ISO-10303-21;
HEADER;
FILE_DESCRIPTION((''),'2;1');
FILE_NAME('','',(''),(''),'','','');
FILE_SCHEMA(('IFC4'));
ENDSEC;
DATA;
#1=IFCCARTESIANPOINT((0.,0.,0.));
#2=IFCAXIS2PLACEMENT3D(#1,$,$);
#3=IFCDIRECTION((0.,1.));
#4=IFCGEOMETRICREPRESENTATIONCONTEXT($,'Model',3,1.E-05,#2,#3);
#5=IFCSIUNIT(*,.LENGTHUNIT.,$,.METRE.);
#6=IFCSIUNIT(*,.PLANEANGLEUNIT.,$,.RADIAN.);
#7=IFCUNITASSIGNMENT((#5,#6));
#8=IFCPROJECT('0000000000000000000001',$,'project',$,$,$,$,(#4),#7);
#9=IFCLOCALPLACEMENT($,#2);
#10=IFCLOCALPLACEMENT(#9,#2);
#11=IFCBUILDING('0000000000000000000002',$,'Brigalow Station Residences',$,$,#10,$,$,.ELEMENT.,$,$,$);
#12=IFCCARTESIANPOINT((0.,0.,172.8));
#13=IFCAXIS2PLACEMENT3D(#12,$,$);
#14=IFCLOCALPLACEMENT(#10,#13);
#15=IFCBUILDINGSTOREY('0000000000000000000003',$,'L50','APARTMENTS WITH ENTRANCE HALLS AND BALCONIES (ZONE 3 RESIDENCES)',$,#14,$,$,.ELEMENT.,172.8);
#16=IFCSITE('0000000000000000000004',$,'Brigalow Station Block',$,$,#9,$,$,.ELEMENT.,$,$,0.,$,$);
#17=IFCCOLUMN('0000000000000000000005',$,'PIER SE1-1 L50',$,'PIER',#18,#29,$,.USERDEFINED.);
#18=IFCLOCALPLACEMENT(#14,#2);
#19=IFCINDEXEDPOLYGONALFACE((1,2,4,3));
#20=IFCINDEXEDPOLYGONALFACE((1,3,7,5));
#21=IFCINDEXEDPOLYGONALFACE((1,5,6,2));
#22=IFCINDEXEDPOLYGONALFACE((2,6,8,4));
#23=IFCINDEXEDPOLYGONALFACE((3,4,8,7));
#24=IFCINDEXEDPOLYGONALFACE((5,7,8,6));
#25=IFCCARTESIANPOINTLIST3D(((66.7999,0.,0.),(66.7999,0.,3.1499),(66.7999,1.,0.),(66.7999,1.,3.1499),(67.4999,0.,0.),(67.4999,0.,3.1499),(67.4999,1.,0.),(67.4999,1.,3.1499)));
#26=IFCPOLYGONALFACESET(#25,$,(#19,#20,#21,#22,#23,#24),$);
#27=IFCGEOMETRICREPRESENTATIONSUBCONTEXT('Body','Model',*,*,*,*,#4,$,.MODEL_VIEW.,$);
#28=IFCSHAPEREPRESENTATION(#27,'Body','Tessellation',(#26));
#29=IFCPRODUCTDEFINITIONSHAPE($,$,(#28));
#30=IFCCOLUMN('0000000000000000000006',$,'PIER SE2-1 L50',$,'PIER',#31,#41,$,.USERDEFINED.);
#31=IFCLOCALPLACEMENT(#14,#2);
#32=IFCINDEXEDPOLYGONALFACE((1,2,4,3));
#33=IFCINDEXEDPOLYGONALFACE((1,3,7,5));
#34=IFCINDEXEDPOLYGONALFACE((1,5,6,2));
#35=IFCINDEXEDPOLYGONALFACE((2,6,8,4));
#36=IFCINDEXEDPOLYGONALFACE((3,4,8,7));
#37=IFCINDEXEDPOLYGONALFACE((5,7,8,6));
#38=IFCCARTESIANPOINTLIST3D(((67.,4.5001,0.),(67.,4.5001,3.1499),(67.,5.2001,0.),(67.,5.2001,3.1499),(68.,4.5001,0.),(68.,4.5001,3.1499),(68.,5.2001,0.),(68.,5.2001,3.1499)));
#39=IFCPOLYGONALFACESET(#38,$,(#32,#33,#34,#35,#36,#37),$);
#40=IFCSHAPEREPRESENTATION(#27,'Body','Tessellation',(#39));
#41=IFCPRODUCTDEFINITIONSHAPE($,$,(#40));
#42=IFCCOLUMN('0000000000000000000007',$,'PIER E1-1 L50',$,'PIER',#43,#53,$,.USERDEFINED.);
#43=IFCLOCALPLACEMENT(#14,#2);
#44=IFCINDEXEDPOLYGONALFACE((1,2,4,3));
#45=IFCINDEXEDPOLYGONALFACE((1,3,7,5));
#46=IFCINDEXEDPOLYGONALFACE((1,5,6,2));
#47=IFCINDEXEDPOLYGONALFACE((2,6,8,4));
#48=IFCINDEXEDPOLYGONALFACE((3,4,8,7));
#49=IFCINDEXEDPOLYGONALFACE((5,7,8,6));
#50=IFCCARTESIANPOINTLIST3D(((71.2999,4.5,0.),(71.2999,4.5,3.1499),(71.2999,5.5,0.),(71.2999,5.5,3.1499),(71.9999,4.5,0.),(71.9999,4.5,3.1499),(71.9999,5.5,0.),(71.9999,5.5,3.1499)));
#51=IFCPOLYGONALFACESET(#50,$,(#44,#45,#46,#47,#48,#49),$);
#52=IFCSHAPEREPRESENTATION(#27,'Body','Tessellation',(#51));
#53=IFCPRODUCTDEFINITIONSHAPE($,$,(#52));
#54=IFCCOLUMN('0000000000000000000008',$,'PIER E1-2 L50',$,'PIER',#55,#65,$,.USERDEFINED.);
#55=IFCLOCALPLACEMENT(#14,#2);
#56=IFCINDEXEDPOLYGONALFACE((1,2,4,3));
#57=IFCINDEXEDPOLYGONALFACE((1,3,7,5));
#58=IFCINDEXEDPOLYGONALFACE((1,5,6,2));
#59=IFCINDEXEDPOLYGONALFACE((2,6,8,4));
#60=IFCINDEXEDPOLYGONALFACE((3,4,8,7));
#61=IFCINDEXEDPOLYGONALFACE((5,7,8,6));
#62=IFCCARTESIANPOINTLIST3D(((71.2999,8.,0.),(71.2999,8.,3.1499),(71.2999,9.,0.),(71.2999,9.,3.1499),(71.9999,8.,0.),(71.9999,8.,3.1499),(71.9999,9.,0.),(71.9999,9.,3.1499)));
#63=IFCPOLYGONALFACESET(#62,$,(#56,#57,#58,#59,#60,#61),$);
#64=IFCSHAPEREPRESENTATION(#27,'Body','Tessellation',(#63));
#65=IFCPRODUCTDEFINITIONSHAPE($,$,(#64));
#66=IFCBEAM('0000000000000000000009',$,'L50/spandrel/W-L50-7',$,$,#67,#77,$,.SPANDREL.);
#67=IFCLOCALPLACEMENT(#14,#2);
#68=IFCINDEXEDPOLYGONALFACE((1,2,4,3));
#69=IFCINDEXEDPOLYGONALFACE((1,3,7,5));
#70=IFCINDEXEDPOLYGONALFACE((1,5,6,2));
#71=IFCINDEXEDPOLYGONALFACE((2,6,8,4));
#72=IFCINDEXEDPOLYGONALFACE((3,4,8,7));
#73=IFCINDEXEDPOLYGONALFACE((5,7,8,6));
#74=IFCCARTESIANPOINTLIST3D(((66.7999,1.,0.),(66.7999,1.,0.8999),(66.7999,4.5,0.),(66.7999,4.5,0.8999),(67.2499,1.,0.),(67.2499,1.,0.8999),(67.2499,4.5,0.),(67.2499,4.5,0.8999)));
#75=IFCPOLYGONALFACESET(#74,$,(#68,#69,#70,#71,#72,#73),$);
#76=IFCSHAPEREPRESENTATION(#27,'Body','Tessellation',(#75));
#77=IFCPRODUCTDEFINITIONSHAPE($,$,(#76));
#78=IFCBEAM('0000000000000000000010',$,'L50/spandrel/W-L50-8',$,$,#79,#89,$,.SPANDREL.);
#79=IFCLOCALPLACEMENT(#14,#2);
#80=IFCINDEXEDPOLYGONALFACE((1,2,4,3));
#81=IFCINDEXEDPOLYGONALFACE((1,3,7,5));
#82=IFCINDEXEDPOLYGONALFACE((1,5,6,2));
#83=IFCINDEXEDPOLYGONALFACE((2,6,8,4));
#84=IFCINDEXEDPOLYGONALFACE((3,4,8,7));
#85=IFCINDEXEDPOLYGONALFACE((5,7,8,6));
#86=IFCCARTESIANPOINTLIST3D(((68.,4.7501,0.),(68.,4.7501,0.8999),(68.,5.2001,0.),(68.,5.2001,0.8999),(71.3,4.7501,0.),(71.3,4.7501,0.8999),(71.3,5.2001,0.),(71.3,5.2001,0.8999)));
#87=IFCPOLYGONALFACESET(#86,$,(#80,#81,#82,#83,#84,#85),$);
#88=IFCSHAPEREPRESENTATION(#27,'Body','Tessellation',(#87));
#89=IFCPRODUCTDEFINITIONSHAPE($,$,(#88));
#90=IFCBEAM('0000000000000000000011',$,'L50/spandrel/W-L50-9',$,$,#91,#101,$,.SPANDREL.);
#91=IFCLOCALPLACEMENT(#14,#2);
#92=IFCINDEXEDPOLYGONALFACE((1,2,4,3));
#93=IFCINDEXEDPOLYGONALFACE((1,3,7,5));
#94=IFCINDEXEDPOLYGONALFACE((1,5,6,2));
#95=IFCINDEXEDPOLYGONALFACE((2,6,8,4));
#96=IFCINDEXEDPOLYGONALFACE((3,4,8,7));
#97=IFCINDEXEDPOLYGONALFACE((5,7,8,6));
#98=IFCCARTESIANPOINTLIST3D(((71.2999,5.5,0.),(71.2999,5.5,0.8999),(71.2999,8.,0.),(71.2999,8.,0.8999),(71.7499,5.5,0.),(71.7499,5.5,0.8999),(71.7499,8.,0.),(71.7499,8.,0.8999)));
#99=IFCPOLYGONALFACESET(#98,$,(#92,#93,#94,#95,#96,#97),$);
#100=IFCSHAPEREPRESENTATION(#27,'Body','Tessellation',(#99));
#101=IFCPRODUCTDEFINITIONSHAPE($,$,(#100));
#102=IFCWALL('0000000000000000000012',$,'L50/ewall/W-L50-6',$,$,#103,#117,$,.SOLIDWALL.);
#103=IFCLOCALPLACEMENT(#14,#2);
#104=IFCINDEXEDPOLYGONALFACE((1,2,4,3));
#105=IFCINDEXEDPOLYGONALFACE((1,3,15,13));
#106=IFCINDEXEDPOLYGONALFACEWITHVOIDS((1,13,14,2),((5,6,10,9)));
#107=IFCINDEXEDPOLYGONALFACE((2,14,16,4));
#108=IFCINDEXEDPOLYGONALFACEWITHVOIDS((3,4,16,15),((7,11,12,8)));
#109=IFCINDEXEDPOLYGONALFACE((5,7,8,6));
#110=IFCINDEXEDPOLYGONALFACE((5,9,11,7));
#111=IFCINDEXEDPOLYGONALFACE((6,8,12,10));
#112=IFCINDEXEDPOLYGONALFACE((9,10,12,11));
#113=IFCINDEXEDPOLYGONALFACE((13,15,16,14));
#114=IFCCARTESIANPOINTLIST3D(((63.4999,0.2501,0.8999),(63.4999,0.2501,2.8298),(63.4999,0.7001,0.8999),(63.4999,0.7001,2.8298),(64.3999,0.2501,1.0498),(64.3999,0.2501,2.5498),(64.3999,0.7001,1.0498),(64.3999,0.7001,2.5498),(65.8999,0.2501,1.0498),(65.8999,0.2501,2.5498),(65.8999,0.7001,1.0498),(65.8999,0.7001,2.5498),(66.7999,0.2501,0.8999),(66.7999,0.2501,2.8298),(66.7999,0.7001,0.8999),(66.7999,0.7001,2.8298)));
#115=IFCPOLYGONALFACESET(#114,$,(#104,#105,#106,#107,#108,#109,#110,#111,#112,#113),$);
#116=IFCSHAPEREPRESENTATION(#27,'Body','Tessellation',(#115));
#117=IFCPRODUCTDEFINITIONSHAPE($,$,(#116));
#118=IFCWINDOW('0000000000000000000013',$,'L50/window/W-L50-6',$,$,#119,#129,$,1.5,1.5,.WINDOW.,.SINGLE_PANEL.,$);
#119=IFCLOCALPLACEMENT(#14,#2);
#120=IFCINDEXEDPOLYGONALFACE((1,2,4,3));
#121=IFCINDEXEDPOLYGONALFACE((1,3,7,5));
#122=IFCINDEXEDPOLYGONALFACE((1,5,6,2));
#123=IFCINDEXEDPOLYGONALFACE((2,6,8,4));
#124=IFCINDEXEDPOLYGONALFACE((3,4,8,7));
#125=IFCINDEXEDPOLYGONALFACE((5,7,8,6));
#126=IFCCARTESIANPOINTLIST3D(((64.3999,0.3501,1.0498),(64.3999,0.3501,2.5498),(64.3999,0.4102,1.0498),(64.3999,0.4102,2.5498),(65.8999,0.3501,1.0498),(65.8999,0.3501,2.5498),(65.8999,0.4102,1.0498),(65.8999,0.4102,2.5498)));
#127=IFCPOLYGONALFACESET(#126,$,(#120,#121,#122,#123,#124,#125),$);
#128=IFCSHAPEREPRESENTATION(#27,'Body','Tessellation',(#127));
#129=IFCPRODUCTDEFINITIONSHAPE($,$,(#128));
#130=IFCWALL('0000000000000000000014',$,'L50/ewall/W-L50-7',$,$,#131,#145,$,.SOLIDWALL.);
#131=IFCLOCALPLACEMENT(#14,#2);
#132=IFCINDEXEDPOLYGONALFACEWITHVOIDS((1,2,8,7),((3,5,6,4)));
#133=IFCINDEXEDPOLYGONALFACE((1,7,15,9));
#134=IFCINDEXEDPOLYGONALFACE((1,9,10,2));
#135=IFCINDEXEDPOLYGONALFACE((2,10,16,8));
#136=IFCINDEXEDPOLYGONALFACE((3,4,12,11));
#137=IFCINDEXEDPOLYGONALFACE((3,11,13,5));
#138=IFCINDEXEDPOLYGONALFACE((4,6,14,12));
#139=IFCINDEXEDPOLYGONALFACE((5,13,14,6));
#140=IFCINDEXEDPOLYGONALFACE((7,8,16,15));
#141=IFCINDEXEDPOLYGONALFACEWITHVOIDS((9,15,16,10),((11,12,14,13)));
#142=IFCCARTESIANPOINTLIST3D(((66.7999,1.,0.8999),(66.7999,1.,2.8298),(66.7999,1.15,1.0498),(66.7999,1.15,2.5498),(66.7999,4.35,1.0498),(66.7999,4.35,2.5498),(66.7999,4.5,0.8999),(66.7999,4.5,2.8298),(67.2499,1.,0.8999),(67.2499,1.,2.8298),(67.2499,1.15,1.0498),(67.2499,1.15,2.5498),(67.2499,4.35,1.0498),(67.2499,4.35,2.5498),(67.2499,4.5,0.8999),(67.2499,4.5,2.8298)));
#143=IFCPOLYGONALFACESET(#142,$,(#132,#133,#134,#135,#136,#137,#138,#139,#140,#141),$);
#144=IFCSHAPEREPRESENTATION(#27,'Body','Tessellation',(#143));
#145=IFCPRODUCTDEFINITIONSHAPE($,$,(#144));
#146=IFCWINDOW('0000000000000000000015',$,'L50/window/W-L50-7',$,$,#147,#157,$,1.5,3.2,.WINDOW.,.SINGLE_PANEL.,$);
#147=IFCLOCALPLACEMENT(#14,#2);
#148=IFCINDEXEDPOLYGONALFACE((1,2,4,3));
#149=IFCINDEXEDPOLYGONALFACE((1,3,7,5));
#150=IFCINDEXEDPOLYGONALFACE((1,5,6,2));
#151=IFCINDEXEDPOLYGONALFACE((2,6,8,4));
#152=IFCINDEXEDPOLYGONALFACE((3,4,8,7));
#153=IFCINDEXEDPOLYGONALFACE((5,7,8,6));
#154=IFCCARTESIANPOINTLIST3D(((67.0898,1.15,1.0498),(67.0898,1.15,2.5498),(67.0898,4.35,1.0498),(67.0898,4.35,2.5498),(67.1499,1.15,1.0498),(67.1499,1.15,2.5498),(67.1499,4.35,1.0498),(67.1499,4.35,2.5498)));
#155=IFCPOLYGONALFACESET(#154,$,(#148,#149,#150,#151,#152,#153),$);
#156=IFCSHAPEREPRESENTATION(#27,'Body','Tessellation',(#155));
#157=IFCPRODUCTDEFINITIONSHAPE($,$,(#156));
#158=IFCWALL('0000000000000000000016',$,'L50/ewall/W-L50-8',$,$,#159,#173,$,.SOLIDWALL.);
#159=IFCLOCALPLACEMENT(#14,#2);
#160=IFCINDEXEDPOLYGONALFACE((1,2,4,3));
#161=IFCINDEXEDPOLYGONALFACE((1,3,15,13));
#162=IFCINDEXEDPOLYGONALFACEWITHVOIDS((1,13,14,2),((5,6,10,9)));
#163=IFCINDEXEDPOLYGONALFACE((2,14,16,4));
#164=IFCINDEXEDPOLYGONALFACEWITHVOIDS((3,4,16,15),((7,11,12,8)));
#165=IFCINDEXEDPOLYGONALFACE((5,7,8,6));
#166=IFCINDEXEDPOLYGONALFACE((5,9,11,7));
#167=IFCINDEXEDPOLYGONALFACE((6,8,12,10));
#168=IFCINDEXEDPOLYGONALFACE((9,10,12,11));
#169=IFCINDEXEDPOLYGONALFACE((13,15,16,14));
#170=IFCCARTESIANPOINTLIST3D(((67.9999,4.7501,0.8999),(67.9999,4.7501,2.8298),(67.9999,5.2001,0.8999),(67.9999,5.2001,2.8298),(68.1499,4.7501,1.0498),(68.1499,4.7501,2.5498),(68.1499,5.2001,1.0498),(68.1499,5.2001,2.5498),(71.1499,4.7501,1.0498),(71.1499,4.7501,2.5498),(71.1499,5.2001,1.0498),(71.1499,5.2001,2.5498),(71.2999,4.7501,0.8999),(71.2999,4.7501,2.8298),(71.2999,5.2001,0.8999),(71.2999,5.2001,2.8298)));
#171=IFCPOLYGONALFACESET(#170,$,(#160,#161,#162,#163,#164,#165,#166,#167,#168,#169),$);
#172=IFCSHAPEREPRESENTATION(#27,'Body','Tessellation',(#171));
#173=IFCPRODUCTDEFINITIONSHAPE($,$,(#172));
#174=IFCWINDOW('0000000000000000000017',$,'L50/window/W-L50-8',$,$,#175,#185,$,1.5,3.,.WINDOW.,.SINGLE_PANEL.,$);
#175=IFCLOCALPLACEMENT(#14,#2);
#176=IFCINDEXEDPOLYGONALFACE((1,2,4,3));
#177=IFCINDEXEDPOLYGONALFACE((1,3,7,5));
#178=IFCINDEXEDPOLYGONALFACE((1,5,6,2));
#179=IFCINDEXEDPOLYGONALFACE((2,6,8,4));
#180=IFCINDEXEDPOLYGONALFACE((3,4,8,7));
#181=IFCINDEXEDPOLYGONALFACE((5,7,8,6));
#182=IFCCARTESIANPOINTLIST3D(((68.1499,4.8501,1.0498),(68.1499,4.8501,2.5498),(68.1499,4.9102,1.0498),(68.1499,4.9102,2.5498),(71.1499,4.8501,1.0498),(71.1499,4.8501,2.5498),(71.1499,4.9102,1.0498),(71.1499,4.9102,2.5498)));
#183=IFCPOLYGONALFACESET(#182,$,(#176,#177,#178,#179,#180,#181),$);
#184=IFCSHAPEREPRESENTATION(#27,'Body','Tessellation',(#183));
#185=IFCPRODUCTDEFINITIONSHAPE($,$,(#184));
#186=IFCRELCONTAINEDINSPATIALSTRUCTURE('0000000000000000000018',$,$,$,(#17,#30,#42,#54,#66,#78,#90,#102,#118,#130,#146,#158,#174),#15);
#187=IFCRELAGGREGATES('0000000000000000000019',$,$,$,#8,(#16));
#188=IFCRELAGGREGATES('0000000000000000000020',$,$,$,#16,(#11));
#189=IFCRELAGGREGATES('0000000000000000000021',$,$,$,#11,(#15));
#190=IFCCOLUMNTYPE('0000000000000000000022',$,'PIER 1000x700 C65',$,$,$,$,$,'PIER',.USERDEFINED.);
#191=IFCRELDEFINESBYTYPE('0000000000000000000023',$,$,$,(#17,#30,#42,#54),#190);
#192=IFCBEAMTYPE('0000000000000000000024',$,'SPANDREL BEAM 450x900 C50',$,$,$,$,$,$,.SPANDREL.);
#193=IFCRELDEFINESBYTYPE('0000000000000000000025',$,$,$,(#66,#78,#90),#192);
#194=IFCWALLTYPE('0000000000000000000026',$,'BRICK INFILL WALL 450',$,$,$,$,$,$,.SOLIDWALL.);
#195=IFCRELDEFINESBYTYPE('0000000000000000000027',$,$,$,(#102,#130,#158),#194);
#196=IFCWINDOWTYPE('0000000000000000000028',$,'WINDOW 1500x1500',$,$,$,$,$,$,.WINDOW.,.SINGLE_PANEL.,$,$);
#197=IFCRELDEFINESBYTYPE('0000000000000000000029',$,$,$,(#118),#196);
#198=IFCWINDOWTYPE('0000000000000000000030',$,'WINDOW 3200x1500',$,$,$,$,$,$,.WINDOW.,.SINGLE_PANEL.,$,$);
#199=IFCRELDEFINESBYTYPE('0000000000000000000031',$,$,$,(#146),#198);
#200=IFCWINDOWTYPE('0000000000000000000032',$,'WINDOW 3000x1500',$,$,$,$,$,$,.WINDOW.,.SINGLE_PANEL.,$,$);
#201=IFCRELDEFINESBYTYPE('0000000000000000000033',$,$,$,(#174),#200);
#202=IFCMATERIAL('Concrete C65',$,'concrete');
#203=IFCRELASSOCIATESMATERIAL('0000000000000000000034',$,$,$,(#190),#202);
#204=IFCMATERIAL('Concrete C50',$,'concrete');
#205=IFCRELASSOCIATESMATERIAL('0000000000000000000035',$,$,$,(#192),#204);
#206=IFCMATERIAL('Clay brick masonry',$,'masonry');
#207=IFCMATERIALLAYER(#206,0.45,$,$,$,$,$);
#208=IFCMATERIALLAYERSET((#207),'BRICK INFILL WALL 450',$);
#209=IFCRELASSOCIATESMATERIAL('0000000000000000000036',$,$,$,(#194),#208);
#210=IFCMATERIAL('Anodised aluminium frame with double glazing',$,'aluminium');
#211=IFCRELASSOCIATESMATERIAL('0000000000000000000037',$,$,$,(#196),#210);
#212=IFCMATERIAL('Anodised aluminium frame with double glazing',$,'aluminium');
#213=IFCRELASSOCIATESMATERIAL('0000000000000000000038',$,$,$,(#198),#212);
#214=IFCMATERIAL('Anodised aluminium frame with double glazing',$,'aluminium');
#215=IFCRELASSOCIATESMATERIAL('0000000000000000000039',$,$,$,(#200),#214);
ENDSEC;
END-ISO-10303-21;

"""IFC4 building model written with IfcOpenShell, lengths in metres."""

from ifc_helpers import new_model, si_unit, direction, frame, frame_2d, origin, origin_2d, place, context, subcontext, project, spatial, rectangle, extrude, material, layer, layer_set, material_profile, profile_set, type_object, element, fill, save


model = new_model("IFC4")

# Units and contexts
model_context = context("Model", 3, precision=1e-05, world=origin(), true_north=direction((0.0, 1.0)))
body_context = subcontext(model_context, "Body", "Model", "MODEL_VIEW")
ifc_project = project(units=[si_unit("LENGTHUNIT", "METRE"), si_unit("PLANEANGLEUNIT", "RADIAN")], contexts=[model_context])

# Site, building, storey
site_placement = place(None, origin())
site = spatial("IfcSite", under=ifc_project, at=site_placement, Name="Brigalow Station Block", CompositionType="ELEMENT", RefElevation=0.0)
building_placement = place(site_placement, origin())
building = spatial("IfcBuilding", under=site, at=building_placement, Name="Brigalow Station Residences", CompositionType="ELEMENT")
storey_placement = place(building_placement, frame((0.0, 0.0, 172.8)))
storey = spatial("IfcBuildingStorey", under=building, at=storey_placement, Name="L50", Description="APARTMENTS WITH ENTRANCE HALLS AND BALCONIES (ZONE 3 RESIDENCES)", CompositionType="ELEMENT", Elevation=172.8)

# Columns
ifc_material_1 = material(Name="Concrete C65", Category="concrete")
ifc_material_profile_1 = material_profile(ifc_material_1, rectangle(XDim=1.0, YDim=0.7, at=origin_2d()), Name="RC1000x700")
ifc_profile_set_1 = profile_set([ifc_material_profile_1], Name="Concrete C65")
column_type = type_object("IfcColumnType", Name="PIER 1000x700 C65", ElementType="PIER", PredefinedType="USERDEFINED", material=ifc_profile_set_1)
for number, where, z_axis, x_axis, name in (
    (1, (67.1499, 0.5, 0.0), (0.0, 0.0, 1.0), (0.0, 1.0, 0.0), "PIER SE1-1 L50"),
    (2, (67.5, 4.8501, 0.0), (0.0, 0.0, 1.0), (1.0, 0.0, 0.0), "PIER SE2-1 L50"),
    (3, (71.6499, 5.0, 0.0), (0.0, 0.0, 1.0), (0.0, 1.0, 0.0), "PIER E1-1 L50"),
    (4, (71.6499, 8.5, 0.0), (0.0, 0.0, 1.0), (0.0, 1.0, 0.0), "PIER E1-2 L50"),
):
    element("IfcColumn", number, at=place(storey_placement, frame(where, z_axis=z_axis, x_axis=x_axis)), inside=storey, type_object=column_type, Name=name, ObjectType="PIER", PredefinedType="USERDEFINED", context=body_context, shape_type="SweptSolid", body=[
        extrude(rectangle(XDim=1.0, YDim=0.7, at=origin_2d()), origin(), (0.0, 0.0, 1.0), 3.1499),
    ])

# Beams
ifc_material_2 = material(Name="Concrete C50", Category="concrete")
ifc_material_profile_2 = material_profile(ifc_material_2, rectangle(XDim=0.45, YDim=0.8999, at=origin_2d()), Name="RC450x900")
ifc_profile_set_2 = profile_set([ifc_material_profile_2], Name="Concrete C50")
beam_type = type_object("IfcBeamType", Name="SPANDREL BEAM 450x900 C50", PredefinedType="SPANDREL", material=ifc_profile_set_2)
beam_1_placement = place(storey_placement, frame((67.0249, 1.0, 0.45), z_axis=(0.0, 1.0, 0.0), x_axis=(-1.0, 0.0, 0.0)))
element("IfcBeam", 5, at=beam_1_placement, inside=storey, type_object=beam_type, Name="L50/spandrel/W-L50-7", PredefinedType="SPANDREL", context=body_context, shape_type="SweptSolid", body=[
    extrude(rectangle(XDim=0.45, YDim=0.8999, at=origin_2d()), origin(), (0.0, 0.0, 1.0), 3.5),
])
beam_2_placement = place(storey_placement, frame((68.0, 4.9751, 0.45), z_axis=(1.0, 0.0, 0.0), x_axis=(0.0, 1.0, 0.0)))
element("IfcBeam", 6, at=beam_2_placement, inside=storey, type_object=beam_type, Name="L50/spandrel/W-L50-8", PredefinedType="SPANDREL", context=body_context, shape_type="SweptSolid", body=[
    extrude(rectangle(XDim=0.45, YDim=0.8999, at=origin_2d()), origin(), (0.0, 0.0, 1.0), 3.3),
])
beam_3_placement = place(storey_placement, frame((71.5249, 5.5, 0.45), z_axis=(0.0, 1.0, 0.0), x_axis=(-1.0, 0.0, 0.0)))
element("IfcBeam", 7, at=beam_3_placement, inside=storey, type_object=beam_type, Name="L50/spandrel/W-L50-9", PredefinedType="SPANDREL", context=body_context, shape_type="SweptSolid", body=[
    extrude(rectangle(XDim=0.45, YDim=0.8999, at=origin_2d()), origin(), (0.0, 0.0, 1.0), 2.5),
])

# Walls, openings, windows
ifc_material_3 = material(Name="Clay brick masonry", Category="masonry")
ifc_layer_1 = layer(ifc_material_3, 0.45)
ifc_layer_set_1 = layer_set([ifc_layer_1], Name="BRICK INFILL WALL 450")
wall_type_1 = type_object("IfcWallType", Name="BRICK INFILL WALL 450", PredefinedType="SOLIDWALL", material=ifc_layer_set_1)
wall_1_placement = place(storey_placement, frame((63.5, 0.4751, 0.8999), z_axis=(0.0, 0.0, 1.0), x_axis=(1.0, 0.0, 0.0)))
wall_1 = element("IfcWall", 8, at=wall_1_placement, inside=storey, type_object=wall_type_1, Name="L50/ewall/W-L50-6", PredefinedType="SOLIDWALL", context=body_context, shape_type="SweptSolid", body=[
    extrude(rectangle(XDim=3.3, YDim=0.45, at=frame_2d((1.6499, 0.0))), origin(), (0.0, 0.0, 1.0), 1.9299),
])
opening_1_placement = place(wall_1_placement, frame((0.8999, 0.0, 0.1499)))
opening_1 = element("IfcOpeningElement", 9, at=opening_1_placement, cuts=wall_1, PredefinedType="OPENING", context=body_context, shape_type="SweptSolid", body=[
    extrude(rectangle(XDim=1.5, YDim=1.5, at=frame_2d((0.75, 0.75))), frame((0.0, 0.2349, 0.0), z_axis=(0.0, -1.0, 0.0), x_axis=(1.0, 0.0, 0.0)), (0.0, 0.0, 1.0), 0.47),
])
ifc_material_4 = material(Name="Anodised aluminium frame with double glazing", Category="aluminium")
window_type_1 = type_object("IfcWindowType", Name="WINDOW 1500x1500", PartitioningType="SINGLE_PANEL", PredefinedType="WINDOW", material=ifc_material_4)
window_1_placement = place(opening_1_placement, origin())
window_1 = element("IfcWindow", 10, at=window_1_placement, inside=storey, type_object=window_type_1, Name="L50/window/W-L50-6", OverallHeight=1.5, OverallWidth=1.5, PartitioningType="SINGLE_PANEL", PredefinedType="WINDOW", context=body_context, shape_type="SweptSolid", body=[
    extrude(rectangle(XDim=1.5, YDim=1.5, at=frame_2d((0.75, 0.75))), frame((0.0, -0.0649, 0.0), z_axis=(0.0, -1.0, 0.0), x_axis=(1.0, 0.0, 0.0)), (0.0, 0.0, 1.0), 0.0601),
])
fill(opening_1, window_1)
wall_2_placement = place(storey_placement, frame((67.0249, 1.0, 0.8999), z_axis=(0.0, 0.0, 1.0), x_axis=(0.0, 1.0, 0.0)))
wall_2 = element("IfcWall", 11, at=wall_2_placement, inside=storey, type_object=wall_type_1, Name="L50/ewall/W-L50-7", PredefinedType="SOLIDWALL", context=body_context, shape_type="SweptSolid", body=[
    extrude(rectangle(XDim=3.5, YDim=0.45, at=frame_2d((1.75, 0.0))), origin(), (0.0, 0.0, 1.0), 1.9299),
])
opening_2_placement = place(wall_2_placement, frame((0.1499, 0.0, 0.1499)))
opening_2 = element("IfcOpeningElement", 12, at=opening_2_placement, cuts=wall_2, PredefinedType="OPENING", context=body_context, shape_type="SweptSolid", body=[
    extrude(rectangle(XDim=3.2, YDim=1.5, at=frame_2d((1.6001, 0.75))), frame((0.0, 0.2349, 0.0), z_axis=(0.0, -1.0, 0.0), x_axis=(1.0, 0.0, 0.0)), (0.0, 0.0, 1.0), 0.47),
])
ifc_material_5 = material(Name="Anodised aluminium frame with double glazing", Category="aluminium")
window_type_2 = type_object("IfcWindowType", Name="WINDOW 3200x1500", PartitioningType="SINGLE_PANEL", PredefinedType="WINDOW", material=ifc_material_5)
window_2_placement = place(opening_2_placement, origin())
window_2 = element("IfcWindow", 13, at=window_2_placement, inside=storey, type_object=window_type_2, Name="L50/window/W-L50-7", OverallHeight=1.5, OverallWidth=3.2, PartitioningType="SINGLE_PANEL", PredefinedType="WINDOW", context=body_context, shape_type="SweptSolid", body=[
    extrude(rectangle(XDim=3.2, YDim=1.5, at=frame_2d((1.6001, 0.75))), frame((0.0, -0.0649, 0.0), z_axis=(0.0, -1.0, 0.0), x_axis=(1.0, 0.0, 0.0)), (0.0, 0.0, 1.0), 0.0601),
])
fill(opening_2, window_2)
wall_3_placement = place(storey_placement, frame((68.0, 4.9751, 0.8999), z_axis=(0.0, 0.0, 1.0), x_axis=(1.0, 0.0, 0.0)))
wall_3 = element("IfcWall", 14, at=wall_3_placement, inside=storey, type_object=wall_type_1, Name="L50/ewall/W-L50-8", PredefinedType="SOLIDWALL", context=body_context, shape_type="SweptSolid", body=[
    extrude(rectangle(XDim=3.3, YDim=0.45, at=frame_2d((1.6499, 0.0))), origin(), (0.0, 0.0, 1.0), 1.9299),
])
opening_3_placement = place(wall_3_placement, frame((0.1499, 0.0, 0.1499)))
opening_3 = element("IfcOpeningElement", 15, at=opening_3_placement, cuts=wall_3, PredefinedType="OPENING", context=body_context, shape_type="SweptSolid", body=[
    extrude(rectangle(XDim=3.0, YDim=1.5, at=frame_2d((1.5, 0.75))), frame((0.0, 0.2349, 0.0), z_axis=(0.0, -1.0, 0.0), x_axis=(1.0, 0.0, 0.0)), (0.0, 0.0, 1.0), 0.47),
])
ifc_material_6 = material(Name="Anodised aluminium frame with double glazing", Category="aluminium")
window_type_3 = type_object("IfcWindowType", Name="WINDOW 3000x1500", PartitioningType="SINGLE_PANEL", PredefinedType="WINDOW", material=ifc_material_6)
window_3_placement = place(opening_3_placement, origin())
window_3 = element("IfcWindow", 16, at=window_3_placement, inside=storey, type_object=window_type_3, Name="L50/window/W-L50-8", OverallHeight=1.5, OverallWidth=3.0, PartitioningType="SINGLE_PANEL", PredefinedType="WINDOW", context=body_context, shape_type="SweptSolid", body=[
    extrude(rectangle(XDim=3.0, YDim=1.5, at=frame_2d((1.5, 0.75))), frame((0.0, -0.0649, 0.0), z_axis=(0.0, -1.0, 0.0), x_axis=(1.0, 0.0, 0.0)), (0.0, 0.0, 1.0), 0.0601),
])
fill(opening_3, window_3)

save(model, "model.ifc")
